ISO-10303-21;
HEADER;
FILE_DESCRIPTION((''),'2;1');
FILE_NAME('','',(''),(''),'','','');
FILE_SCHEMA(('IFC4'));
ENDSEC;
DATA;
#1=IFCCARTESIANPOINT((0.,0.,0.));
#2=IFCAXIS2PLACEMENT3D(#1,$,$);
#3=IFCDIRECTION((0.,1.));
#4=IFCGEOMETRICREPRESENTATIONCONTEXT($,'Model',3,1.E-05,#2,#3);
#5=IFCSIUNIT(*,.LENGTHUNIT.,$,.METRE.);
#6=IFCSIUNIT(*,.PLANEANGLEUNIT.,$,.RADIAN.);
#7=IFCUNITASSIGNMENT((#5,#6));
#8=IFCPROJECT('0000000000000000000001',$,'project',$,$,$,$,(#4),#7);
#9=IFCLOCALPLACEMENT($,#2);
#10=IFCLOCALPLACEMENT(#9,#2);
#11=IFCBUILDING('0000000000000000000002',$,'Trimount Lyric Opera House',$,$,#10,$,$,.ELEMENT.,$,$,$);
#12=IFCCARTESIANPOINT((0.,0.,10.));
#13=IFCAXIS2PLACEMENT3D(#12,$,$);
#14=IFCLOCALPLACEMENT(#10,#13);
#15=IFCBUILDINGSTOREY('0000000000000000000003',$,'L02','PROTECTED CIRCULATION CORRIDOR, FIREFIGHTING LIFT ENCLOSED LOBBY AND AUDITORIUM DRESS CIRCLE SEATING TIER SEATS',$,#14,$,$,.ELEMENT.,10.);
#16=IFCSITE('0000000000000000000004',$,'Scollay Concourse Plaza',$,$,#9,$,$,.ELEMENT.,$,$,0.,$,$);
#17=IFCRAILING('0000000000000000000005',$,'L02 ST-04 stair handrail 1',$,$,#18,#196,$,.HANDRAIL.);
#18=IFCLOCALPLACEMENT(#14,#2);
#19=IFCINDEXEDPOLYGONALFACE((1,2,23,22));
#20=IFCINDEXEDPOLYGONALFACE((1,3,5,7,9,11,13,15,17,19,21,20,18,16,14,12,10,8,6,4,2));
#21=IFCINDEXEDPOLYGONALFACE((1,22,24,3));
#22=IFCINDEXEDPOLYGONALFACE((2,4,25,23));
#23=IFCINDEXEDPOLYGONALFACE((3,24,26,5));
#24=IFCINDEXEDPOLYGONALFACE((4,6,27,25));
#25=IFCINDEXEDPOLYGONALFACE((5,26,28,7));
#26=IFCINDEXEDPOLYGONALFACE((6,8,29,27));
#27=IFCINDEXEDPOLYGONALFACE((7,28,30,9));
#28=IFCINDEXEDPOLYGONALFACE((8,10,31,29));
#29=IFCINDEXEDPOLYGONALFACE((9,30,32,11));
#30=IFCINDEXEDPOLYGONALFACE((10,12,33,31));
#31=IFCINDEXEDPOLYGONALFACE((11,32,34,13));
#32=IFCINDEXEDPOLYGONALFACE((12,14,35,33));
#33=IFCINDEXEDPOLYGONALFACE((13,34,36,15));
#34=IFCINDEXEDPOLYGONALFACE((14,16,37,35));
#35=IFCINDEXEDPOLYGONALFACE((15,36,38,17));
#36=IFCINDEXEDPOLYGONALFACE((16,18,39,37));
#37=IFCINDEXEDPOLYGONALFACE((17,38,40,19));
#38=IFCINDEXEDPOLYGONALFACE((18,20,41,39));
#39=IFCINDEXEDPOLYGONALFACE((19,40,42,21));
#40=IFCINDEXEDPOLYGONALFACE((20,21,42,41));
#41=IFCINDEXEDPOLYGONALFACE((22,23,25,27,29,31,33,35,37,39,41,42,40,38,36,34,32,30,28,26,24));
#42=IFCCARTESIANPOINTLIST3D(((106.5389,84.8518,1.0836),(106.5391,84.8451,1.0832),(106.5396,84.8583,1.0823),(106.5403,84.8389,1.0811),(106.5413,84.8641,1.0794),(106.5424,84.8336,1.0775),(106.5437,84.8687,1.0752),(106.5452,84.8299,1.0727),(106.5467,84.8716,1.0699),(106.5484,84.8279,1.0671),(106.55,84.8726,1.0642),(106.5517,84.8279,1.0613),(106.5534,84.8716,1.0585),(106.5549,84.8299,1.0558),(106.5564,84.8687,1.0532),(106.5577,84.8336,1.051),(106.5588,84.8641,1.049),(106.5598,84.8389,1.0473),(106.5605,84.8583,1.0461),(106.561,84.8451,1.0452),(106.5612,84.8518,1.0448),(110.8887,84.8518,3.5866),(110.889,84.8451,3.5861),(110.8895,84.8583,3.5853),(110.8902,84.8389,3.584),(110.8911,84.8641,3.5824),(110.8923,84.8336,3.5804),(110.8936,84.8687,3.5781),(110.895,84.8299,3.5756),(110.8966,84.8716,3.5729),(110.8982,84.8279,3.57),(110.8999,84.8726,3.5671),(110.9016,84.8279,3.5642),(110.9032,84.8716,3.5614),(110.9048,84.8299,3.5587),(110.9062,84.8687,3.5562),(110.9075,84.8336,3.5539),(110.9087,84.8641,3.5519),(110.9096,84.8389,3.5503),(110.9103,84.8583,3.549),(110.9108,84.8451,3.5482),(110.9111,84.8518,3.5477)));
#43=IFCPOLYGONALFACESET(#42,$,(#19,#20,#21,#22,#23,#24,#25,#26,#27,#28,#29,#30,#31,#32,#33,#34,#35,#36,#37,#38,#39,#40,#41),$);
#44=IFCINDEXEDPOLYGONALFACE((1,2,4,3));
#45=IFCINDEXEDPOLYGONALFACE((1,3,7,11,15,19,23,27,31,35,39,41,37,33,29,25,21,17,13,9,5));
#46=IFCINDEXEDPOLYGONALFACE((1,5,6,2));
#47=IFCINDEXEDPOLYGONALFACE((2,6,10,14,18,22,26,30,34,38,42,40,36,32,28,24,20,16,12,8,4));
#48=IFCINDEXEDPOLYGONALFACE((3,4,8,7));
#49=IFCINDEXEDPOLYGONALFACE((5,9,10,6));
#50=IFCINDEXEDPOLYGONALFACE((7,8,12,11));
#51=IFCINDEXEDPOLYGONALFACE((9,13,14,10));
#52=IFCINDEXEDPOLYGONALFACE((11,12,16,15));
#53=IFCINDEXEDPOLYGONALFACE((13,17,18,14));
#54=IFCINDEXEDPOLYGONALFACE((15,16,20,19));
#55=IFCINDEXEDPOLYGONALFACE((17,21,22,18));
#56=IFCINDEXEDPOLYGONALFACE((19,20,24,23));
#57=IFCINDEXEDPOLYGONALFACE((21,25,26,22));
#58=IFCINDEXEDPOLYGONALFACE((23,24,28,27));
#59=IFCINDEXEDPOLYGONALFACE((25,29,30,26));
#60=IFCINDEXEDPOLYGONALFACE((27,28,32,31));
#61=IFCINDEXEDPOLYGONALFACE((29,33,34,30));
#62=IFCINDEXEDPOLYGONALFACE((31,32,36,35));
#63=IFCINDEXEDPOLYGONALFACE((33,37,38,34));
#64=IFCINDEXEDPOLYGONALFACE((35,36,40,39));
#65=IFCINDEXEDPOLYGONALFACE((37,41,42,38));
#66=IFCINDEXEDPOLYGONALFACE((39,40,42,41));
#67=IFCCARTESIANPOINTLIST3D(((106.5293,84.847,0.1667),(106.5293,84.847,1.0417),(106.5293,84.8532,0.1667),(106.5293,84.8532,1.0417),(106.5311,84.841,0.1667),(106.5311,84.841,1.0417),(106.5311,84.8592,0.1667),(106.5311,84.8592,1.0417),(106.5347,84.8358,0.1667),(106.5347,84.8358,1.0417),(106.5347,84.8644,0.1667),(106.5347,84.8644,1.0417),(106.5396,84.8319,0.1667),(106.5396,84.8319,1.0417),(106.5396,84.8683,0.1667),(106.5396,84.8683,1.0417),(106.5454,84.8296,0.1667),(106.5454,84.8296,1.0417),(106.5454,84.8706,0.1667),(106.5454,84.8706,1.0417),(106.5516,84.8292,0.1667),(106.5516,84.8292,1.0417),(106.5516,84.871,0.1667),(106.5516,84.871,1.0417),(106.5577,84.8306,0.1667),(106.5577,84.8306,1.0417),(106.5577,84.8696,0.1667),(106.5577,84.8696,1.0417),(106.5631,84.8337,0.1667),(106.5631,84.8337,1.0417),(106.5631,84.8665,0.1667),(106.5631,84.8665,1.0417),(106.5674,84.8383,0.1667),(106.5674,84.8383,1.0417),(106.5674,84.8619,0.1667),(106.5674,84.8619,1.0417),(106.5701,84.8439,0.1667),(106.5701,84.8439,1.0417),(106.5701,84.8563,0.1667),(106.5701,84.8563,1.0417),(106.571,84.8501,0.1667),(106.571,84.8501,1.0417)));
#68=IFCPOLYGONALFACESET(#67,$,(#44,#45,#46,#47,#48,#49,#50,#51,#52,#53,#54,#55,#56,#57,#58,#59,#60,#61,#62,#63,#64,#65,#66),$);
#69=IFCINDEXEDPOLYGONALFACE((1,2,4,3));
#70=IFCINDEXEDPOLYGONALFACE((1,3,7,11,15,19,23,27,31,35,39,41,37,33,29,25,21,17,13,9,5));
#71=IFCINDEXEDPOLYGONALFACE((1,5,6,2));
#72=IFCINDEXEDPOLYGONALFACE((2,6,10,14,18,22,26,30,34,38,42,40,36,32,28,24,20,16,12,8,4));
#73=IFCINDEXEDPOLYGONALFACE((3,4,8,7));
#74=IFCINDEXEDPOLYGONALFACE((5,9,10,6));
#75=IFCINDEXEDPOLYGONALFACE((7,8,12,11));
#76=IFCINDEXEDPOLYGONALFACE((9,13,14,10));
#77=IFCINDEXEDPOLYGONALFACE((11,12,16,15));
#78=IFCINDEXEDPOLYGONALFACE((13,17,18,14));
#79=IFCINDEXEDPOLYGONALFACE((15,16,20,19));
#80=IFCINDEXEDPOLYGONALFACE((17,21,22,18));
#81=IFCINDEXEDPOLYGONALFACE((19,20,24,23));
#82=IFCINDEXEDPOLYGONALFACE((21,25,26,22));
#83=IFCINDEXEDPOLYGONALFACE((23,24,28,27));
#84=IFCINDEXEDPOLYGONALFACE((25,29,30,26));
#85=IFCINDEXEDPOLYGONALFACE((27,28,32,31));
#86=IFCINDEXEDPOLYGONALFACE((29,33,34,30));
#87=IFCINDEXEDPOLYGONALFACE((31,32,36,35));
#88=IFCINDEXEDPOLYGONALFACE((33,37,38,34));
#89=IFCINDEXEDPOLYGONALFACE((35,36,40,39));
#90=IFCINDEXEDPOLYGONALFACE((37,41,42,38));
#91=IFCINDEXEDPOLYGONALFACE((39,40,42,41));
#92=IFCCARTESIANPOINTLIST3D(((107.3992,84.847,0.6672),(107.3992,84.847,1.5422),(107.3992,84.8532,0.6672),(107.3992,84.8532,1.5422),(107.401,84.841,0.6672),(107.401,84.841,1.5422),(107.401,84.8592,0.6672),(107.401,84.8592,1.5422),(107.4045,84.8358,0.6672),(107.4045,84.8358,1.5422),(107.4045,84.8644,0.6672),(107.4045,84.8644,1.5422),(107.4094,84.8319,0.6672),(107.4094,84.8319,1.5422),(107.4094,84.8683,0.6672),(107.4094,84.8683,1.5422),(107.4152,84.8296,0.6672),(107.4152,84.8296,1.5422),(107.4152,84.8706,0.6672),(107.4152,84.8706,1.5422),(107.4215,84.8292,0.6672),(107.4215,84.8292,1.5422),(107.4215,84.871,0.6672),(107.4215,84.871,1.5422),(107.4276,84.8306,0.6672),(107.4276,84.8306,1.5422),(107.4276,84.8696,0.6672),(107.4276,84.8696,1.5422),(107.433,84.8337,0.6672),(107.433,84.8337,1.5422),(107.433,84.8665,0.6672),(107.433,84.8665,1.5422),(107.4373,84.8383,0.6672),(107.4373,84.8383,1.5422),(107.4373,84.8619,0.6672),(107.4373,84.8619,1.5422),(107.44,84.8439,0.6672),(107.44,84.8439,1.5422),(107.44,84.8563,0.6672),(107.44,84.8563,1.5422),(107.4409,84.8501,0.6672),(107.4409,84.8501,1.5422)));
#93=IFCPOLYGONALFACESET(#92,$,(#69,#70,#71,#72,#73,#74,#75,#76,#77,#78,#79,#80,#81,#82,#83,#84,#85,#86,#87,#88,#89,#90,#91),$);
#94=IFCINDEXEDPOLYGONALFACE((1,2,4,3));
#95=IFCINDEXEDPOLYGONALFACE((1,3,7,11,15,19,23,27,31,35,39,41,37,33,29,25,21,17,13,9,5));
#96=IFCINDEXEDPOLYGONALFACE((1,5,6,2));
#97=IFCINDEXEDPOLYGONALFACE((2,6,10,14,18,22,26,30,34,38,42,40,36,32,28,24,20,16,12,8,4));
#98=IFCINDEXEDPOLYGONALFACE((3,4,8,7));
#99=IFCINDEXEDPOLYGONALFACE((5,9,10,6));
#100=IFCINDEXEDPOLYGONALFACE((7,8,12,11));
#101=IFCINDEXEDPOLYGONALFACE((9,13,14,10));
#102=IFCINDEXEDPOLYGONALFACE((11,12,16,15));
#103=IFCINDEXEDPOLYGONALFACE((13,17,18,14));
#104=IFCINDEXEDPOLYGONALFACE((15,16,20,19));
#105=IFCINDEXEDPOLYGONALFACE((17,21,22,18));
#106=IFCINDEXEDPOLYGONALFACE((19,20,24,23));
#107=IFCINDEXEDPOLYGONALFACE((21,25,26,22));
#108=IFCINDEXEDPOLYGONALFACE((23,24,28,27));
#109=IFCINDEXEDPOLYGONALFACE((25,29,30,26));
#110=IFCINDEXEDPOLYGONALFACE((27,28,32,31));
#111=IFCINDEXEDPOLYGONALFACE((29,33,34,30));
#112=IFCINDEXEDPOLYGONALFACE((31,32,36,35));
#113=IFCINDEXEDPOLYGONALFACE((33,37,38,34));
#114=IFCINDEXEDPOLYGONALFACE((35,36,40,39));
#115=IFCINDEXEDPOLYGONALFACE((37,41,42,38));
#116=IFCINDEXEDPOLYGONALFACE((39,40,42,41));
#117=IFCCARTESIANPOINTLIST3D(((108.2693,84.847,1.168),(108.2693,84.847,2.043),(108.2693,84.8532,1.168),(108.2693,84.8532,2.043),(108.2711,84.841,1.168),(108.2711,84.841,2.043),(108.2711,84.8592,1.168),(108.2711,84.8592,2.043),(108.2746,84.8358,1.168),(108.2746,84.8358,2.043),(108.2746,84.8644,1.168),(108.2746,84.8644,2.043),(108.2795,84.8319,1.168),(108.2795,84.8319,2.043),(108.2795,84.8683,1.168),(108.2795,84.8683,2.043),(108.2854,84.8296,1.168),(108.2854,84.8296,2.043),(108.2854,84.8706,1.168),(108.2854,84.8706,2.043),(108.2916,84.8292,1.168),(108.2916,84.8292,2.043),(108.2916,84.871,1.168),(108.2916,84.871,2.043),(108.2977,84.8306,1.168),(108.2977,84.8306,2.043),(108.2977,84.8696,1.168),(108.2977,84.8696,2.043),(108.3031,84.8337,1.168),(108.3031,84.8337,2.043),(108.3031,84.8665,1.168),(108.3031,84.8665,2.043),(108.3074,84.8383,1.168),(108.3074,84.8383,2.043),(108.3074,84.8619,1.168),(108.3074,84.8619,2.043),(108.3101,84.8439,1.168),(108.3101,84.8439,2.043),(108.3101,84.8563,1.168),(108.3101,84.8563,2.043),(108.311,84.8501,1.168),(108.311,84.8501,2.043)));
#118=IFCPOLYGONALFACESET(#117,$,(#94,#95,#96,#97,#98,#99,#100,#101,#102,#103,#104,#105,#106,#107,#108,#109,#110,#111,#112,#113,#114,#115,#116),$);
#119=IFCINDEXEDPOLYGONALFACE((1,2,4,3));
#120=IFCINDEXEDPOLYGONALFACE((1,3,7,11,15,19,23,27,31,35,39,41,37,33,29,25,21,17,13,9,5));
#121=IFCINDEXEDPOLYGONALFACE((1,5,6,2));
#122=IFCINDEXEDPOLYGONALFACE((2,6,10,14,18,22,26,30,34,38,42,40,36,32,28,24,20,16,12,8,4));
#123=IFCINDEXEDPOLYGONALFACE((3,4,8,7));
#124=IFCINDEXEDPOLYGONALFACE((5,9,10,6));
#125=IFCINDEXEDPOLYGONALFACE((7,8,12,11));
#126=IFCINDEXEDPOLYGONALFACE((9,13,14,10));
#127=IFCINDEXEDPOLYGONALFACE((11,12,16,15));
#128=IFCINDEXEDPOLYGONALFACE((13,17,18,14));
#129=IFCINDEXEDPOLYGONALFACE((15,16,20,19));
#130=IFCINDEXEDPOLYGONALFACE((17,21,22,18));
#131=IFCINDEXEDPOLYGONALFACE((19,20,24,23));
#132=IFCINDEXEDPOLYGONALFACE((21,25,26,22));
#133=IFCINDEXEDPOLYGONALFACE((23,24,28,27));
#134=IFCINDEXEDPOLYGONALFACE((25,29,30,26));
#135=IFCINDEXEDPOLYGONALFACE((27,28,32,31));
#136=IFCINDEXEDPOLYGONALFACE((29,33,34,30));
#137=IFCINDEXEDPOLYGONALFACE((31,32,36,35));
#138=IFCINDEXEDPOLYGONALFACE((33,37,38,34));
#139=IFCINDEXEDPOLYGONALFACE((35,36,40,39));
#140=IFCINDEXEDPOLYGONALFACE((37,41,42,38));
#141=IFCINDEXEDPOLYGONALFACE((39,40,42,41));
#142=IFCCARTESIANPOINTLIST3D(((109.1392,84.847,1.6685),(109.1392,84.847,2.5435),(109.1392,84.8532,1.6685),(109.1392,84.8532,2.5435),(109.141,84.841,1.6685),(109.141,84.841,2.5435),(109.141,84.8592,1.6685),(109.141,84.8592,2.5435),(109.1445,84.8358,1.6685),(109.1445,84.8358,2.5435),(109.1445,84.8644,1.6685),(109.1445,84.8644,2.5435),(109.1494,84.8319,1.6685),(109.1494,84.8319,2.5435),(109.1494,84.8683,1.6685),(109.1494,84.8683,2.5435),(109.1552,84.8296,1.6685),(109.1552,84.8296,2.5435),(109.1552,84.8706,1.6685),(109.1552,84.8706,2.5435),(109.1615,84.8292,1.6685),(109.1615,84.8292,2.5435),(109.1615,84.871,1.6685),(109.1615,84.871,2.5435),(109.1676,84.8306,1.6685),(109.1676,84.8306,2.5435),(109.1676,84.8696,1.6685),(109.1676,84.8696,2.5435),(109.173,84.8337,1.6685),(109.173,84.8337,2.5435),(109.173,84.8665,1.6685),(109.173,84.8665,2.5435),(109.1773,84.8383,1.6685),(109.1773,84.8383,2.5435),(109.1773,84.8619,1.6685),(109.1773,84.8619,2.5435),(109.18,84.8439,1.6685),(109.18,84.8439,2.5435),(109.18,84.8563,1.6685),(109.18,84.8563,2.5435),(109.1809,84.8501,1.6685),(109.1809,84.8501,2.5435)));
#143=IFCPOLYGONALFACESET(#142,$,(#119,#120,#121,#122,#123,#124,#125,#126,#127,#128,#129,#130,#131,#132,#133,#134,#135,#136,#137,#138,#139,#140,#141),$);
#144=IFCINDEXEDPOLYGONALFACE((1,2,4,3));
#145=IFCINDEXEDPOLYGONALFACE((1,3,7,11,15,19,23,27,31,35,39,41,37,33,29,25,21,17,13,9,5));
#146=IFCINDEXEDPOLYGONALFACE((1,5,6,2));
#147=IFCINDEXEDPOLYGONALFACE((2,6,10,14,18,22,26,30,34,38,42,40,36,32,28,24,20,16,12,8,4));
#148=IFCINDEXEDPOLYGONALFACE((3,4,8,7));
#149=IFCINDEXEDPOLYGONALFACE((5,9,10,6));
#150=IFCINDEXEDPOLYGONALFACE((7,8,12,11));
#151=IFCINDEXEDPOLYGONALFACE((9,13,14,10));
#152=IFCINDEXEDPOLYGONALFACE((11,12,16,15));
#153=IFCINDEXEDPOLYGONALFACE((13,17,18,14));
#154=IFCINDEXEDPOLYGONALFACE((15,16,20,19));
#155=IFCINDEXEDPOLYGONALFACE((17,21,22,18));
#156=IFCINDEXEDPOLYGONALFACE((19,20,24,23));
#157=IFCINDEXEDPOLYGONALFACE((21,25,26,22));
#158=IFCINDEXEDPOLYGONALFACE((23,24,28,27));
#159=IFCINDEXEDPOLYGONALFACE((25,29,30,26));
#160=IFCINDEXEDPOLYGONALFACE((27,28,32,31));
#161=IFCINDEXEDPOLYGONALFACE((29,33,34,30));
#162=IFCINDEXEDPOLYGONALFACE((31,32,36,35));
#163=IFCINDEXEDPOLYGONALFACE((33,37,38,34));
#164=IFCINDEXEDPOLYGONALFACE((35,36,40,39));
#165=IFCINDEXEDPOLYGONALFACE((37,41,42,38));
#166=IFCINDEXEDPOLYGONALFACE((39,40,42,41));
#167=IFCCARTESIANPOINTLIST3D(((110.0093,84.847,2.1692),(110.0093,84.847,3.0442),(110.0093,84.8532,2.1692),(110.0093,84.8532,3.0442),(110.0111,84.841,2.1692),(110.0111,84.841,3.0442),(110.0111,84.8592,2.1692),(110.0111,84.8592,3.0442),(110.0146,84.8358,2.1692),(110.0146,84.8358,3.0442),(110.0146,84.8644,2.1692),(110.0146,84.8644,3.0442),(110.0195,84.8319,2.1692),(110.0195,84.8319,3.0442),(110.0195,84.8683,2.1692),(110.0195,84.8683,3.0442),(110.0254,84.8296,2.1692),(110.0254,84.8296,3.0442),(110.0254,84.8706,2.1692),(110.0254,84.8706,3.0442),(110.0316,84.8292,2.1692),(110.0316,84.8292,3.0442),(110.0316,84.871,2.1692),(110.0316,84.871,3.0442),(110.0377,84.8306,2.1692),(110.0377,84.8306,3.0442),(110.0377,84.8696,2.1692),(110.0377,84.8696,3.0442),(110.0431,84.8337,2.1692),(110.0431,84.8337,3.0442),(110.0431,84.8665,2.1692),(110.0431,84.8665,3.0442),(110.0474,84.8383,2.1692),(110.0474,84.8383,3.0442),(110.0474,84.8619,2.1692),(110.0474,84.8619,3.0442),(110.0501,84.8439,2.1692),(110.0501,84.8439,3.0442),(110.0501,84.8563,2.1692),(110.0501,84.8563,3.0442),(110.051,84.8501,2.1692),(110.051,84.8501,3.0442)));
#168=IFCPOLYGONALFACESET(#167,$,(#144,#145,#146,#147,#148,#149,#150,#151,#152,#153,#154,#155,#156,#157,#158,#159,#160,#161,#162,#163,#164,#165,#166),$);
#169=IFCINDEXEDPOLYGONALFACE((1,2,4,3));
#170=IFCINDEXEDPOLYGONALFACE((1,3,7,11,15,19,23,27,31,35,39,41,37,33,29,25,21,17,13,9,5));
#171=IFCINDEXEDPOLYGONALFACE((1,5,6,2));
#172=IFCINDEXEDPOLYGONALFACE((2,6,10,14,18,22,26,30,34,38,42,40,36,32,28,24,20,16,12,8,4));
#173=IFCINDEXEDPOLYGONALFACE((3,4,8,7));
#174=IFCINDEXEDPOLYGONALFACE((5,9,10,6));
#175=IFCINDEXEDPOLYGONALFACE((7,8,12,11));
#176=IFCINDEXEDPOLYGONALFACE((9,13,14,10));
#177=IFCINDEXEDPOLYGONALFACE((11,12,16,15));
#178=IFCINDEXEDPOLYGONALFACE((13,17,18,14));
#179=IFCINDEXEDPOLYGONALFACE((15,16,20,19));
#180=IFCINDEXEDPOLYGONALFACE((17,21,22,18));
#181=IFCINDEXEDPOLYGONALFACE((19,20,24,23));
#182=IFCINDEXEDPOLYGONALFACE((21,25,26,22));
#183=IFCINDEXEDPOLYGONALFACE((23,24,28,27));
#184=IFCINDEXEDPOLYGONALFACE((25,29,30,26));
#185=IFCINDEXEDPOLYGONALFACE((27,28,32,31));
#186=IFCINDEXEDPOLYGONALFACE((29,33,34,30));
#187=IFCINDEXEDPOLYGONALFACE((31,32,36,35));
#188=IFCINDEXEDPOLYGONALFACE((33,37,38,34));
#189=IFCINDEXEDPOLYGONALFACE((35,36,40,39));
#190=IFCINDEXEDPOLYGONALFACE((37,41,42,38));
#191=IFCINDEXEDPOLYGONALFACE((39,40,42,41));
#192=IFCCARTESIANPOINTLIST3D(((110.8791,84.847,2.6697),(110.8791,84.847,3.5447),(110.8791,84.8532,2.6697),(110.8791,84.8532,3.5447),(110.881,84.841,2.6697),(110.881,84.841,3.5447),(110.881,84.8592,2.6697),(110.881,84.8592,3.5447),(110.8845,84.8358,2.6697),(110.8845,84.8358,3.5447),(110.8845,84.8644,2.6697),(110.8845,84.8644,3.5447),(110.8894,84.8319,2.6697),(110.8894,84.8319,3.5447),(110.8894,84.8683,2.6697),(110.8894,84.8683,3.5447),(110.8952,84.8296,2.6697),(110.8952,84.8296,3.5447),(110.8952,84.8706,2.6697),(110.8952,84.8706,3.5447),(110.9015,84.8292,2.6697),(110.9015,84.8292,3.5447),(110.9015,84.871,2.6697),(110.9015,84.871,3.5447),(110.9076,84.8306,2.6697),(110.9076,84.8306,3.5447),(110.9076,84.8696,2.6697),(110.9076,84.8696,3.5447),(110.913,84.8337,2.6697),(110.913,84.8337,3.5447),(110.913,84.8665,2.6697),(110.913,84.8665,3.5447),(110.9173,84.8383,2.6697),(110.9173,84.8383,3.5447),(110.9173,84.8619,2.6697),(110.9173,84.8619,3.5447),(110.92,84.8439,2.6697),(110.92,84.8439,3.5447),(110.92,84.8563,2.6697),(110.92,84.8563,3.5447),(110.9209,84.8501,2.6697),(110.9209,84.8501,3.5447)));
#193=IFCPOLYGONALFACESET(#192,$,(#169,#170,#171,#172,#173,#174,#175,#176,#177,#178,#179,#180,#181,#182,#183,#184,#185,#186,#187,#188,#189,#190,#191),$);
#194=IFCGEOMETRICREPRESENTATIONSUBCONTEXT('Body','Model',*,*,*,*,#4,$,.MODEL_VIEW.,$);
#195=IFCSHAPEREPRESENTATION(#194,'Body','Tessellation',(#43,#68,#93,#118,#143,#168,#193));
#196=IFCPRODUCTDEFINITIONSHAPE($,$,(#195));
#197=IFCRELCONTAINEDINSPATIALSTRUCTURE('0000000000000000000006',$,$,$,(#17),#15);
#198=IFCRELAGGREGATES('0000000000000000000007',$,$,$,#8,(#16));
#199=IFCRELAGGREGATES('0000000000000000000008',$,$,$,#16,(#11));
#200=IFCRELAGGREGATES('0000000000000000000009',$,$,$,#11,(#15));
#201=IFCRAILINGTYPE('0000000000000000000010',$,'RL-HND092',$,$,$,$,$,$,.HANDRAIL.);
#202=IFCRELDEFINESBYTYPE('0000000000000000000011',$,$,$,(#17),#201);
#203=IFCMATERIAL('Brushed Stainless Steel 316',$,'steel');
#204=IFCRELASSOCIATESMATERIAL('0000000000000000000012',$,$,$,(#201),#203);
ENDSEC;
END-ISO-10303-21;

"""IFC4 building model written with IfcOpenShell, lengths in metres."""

from ifc_helpers import new_model, si_unit, direction, frame, origin, origin_2d, place, context, subcontext, project, spatial, circle, extrude, material, type_object, element, save


model = new_model("IFC4")

# Units and contexts
model_context = context("Model", 3, precision=1e-05, world=origin(), true_north=direction((0.0, 1.0)))
body_context = subcontext(model_context, "Body", "Model", "MODEL_VIEW")
ifc_project = project(units=[si_unit("LENGTHUNIT", "METRE"), si_unit("PLANEANGLEUNIT", "RADIAN")], contexts=[model_context])

# Site, building, storey
site_placement = place(None, origin())
site = spatial("IfcSite", under=ifc_project, at=site_placement, Name="Scollay Concourse Plaza", CompositionType="ELEMENT", RefElevation=0.0)
building_placement = place(site_placement, origin())
building = spatial("IfcBuilding", under=site, at=building_placement, Name="Trimount Lyric Opera House", CompositionType="ELEMENT")
storey_placement = place(building_placement, frame((0.0, 0.0, 10.0)))
storey = spatial("IfcBuildingStorey", under=building, at=storey_placement, Name="L02", Description="PROTECTED CIRCULATION CORRIDOR, FIREFIGHTING LIFT ENCLOSED LOBBY AND AUDITORIUM DRESS CIRCLE SEATING TIER SEATS", CompositionType="ELEMENT", Elevation=10.0)

# Railing
ifc_material_1 = material(Name="Brushed Stainless Steel 316", Category="steel")
railing_type_1 = type_object("IfcRailingType", Name="RL-HND092", PredefinedType="HANDRAIL", material=ifc_material_1)
railing_1_placement = place(storey_placement, frame((106.55, 84.8501, 0.1667)))
element("IfcRailing", 1, at=railing_1_placement, inside=storey, type_object=railing_type_1, Name="L02 ST-04 stair handrail 1", PredefinedType="HANDRAIL", context=body_context, shape_type="SweptSolid", body=[
    extrude(circle(Radius=0.0225, at=origin_2d()), frame((0.0, 0.0, 0.8975), z_axis=(0.866754, 0.0, 0.498735), x_axis=(0.0, 1.0, 0.0)), (0.0, 0.0, 1.0), 5.0186),
    extrude(circle(Radius=0.021, at=origin_2d()), origin(), (0.0, 0.0, 1.0), 0.875),
    extrude(circle(Radius=0.021, at=origin_2d()), frame((0.8699, 0.0, 0.5005)), (0.0, 0.0, 1.0), 0.875),
    extrude(circle(Radius=0.021, at=origin_2d()), frame((1.74, 0.0, 1.0012)), (0.0, 0.0, 1.0), 0.875),
    extrude(circle(Radius=0.021, at=origin_2d()), frame((2.6099, 0.0, 1.5017)), (0.0, 0.0, 1.0), 0.875),
    extrude(circle(Radius=0.021, at=origin_2d()), frame((3.48, 0.0, 2.0024)), (0.0, 0.0, 1.0), 0.875),
    extrude(circle(Radius=0.021, at=origin_2d()), frame((4.3499, 0.0, 2.5029)), (0.0, 0.0, 1.0), 0.875),
])

save(model, "model.ifc")
